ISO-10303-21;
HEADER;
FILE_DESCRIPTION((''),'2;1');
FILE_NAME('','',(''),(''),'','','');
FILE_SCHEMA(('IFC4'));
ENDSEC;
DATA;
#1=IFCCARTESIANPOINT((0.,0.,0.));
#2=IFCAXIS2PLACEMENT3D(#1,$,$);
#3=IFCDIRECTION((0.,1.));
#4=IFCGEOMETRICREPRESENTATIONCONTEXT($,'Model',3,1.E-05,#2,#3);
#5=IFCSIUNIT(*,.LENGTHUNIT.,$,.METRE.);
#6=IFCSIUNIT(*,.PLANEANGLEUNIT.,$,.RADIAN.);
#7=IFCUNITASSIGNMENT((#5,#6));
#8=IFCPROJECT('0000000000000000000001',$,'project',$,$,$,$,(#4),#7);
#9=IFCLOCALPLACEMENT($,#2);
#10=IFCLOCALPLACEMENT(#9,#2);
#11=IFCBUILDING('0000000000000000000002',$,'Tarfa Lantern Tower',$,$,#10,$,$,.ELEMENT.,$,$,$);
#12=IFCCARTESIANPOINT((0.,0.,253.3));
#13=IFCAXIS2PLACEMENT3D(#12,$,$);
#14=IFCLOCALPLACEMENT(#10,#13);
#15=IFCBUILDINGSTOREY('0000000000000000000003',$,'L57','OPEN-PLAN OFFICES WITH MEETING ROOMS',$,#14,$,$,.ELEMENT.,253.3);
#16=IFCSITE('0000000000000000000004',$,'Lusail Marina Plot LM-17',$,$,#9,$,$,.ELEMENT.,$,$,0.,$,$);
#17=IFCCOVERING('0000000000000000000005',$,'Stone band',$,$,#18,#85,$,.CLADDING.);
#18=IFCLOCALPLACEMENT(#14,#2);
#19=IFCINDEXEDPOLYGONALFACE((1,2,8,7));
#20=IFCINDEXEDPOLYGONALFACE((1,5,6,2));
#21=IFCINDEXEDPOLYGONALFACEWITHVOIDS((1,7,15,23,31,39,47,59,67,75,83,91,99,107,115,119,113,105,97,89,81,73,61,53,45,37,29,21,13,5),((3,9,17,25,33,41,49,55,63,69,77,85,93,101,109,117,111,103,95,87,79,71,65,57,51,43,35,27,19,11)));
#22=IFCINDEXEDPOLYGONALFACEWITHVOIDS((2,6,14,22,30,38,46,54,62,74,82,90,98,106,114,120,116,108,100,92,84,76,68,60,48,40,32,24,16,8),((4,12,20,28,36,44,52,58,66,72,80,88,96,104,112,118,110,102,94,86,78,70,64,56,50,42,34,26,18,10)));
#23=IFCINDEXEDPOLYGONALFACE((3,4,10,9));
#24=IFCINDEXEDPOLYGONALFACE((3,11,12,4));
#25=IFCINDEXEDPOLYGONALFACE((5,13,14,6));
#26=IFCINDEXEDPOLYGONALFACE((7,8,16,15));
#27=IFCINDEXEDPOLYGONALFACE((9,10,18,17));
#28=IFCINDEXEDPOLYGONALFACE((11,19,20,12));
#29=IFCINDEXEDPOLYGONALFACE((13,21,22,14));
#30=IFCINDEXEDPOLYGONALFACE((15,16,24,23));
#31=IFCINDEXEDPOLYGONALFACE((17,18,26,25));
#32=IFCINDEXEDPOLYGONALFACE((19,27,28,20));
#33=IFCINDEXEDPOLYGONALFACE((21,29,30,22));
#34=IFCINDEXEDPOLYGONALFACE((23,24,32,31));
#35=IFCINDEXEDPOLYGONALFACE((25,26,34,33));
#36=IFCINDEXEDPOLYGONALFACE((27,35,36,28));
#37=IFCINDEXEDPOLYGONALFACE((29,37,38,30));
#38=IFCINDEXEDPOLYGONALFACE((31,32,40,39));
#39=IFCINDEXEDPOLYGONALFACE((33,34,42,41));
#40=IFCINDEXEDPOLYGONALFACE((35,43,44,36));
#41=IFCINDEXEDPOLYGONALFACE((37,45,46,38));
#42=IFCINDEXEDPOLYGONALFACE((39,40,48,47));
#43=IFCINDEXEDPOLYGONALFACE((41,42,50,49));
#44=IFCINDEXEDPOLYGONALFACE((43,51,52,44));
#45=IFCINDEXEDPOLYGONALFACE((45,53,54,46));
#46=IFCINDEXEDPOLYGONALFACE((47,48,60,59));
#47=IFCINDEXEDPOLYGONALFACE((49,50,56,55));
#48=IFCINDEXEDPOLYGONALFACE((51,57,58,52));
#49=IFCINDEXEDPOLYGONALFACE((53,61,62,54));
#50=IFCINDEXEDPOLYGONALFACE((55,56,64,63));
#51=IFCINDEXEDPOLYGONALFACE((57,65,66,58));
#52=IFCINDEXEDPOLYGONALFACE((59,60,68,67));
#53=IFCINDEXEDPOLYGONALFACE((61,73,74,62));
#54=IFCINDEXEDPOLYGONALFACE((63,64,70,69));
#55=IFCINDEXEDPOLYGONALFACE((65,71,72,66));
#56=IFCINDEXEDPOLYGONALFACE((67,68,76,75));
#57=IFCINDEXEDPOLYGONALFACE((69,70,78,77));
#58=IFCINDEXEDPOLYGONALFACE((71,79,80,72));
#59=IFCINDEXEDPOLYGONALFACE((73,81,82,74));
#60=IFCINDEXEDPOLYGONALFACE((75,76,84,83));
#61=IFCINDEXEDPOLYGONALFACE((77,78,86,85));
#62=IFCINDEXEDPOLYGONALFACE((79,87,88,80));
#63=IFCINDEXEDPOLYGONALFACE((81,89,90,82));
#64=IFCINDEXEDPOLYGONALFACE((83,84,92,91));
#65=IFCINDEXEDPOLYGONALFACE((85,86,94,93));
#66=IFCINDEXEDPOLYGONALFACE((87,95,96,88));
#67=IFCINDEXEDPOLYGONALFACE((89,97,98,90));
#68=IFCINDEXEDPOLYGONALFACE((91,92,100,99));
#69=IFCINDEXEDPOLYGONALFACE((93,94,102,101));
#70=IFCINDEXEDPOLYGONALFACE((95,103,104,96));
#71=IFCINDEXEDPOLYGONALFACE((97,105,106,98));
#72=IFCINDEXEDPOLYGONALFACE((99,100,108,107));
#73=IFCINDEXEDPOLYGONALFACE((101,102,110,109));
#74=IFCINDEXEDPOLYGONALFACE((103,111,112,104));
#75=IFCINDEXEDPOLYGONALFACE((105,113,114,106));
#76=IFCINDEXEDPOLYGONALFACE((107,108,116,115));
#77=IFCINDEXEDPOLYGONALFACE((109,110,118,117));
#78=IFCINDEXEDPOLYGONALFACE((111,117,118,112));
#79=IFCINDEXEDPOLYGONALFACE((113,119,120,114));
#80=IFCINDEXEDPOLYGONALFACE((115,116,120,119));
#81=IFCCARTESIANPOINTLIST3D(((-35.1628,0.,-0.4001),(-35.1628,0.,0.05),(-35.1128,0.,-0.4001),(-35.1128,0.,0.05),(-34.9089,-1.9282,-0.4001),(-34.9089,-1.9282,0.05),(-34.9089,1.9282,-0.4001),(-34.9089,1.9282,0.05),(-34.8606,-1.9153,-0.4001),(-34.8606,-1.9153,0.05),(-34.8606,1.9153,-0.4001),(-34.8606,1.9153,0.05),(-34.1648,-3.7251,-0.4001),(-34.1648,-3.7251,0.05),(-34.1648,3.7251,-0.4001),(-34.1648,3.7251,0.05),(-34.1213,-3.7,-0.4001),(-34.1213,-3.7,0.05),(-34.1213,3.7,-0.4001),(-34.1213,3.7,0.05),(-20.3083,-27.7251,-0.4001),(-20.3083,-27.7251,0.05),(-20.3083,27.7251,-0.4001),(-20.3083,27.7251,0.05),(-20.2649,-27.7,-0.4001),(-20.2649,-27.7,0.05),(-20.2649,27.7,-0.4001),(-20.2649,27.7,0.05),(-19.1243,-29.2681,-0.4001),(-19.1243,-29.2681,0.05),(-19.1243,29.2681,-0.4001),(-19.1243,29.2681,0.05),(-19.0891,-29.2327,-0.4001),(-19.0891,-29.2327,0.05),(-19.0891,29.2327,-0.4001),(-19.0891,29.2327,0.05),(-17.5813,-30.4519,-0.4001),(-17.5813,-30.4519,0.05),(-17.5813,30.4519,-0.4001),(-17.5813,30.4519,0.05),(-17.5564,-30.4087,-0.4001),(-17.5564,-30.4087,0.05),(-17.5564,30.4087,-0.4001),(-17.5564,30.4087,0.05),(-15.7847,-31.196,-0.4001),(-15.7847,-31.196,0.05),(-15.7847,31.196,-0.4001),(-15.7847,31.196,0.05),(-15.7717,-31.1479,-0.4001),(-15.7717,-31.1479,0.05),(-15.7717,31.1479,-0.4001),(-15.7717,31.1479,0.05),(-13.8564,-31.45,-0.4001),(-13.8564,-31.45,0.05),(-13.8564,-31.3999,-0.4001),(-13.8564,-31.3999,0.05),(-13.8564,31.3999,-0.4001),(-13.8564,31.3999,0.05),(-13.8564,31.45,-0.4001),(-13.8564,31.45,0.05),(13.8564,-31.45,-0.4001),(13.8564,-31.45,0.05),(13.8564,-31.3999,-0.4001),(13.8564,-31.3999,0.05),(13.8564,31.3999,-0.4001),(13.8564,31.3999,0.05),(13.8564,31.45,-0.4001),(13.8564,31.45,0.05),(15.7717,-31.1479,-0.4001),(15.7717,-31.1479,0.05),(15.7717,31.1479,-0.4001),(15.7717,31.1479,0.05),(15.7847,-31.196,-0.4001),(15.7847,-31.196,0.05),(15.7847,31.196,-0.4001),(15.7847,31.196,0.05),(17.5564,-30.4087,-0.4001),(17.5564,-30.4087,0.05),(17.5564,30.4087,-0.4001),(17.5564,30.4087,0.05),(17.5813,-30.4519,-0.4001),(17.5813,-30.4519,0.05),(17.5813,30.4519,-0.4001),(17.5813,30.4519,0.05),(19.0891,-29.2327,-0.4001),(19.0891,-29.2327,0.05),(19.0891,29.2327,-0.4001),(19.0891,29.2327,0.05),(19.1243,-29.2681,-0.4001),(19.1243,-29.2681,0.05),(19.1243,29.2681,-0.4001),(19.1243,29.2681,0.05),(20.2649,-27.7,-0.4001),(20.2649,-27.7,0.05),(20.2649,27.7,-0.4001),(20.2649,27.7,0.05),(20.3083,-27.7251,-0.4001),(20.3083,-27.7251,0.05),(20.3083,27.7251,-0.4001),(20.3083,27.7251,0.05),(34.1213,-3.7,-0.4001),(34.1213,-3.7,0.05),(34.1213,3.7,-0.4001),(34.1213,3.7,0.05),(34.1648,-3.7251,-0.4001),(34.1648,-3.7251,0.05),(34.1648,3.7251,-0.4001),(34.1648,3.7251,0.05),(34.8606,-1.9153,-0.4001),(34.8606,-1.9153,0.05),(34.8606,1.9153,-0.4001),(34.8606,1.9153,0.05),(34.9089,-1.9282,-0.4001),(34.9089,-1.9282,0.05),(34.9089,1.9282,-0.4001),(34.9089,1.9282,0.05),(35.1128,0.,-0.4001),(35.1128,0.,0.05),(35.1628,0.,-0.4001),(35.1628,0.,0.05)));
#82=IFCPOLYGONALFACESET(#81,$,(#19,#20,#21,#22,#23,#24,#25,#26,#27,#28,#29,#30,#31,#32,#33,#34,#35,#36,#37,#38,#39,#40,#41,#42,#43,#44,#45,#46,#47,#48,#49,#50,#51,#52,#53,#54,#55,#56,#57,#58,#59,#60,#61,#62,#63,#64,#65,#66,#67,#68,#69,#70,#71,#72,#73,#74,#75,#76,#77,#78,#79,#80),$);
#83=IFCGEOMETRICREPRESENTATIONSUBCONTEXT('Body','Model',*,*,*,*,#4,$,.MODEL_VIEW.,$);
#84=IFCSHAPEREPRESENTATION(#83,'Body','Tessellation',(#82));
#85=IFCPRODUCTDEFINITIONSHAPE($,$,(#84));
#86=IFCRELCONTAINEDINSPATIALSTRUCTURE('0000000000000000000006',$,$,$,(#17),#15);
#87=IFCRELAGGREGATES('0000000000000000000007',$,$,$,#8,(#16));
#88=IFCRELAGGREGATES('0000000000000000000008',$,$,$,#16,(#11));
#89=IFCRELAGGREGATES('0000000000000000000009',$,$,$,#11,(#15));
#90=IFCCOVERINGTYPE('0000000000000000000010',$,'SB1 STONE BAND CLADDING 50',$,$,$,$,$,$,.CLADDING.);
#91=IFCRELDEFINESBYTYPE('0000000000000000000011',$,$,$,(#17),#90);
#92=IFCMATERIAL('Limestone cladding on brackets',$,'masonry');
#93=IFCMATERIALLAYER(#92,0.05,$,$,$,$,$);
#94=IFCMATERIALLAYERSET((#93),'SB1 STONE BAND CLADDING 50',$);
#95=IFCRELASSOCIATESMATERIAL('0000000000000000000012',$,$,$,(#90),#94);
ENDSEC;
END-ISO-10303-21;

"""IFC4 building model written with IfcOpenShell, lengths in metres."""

from ifc_helpers import new_model, si_unit, direction, frame, origin, place, context, subcontext, project, spatial, polyline, outline, extrude, material, layer, layer_set, type_object, element, save


model = new_model("IFC4")

# Units and contexts
model_context = context("Model", 3, precision=1e-05, world=origin(), true_north=direction((0.0, 1.0)))
body_context = subcontext(model_context, "Body", "Model", "MODEL_VIEW")
ifc_project = project(units=[si_unit("LENGTHUNIT", "METRE"), si_unit("PLANEANGLEUNIT", "RADIAN")], contexts=[model_context])

# Site, building, storey
site_placement = place(None, origin())
site = spatial("IfcSite", under=ifc_project, at=site_placement, Name="Lusail Marina Plot LM-17", CompositionType="ELEMENT", RefElevation=0.0)
building_placement = place(site_placement, origin())
building = spatial("IfcBuilding", under=site, at=building_placement, Name="Tarfa Lantern Tower", CompositionType="ELEMENT")
storey_placement = place(building_placement, frame((0.0, 0.0, 253.3)))
storey = spatial("IfcBuildingStorey", under=building, at=storey_placement, Name="L57", Description="OPEN-PLAN OFFICES WITH MEETING ROOMS", CompositionType="ELEMENT", Elevation=253.3)

# Covering
ifc_material_1 = material(Name="Limestone cladding on brackets", Category="masonry")
ifc_layer_1 = layer(ifc_material_1, 0.05)
ifc_layer_set_1 = layer_set([ifc_layer_1], Name="SB1 STONE BAND CLADDING 50")
covering_type_1 = type_object("IfcCoveringType", Name="SB1 STONE BAND CLADDING 50", PredefinedType="CLADDING", material=ifc_layer_set_1)
covering_1_placement = place(storey_placement, frame((0.0, 0.0, -0.4001)))
element("IfcCovering", 1, at=covering_1_placement, inside=storey, type_object=covering_type_1, Name="Stone band", PredefinedType="CLADDING", context=body_context, shape_type="SweptSolid", body=[
    extrude(outline(polyline([(34.1648, 3.7251), (20.3083, 27.7251), (19.1243, 29.2681), (17.5813, 30.4519), (15.7847, 31.196), (13.8564, 31.45), (-13.8564, 31.45), (-15.7847, 31.196), (-17.5813, 30.4519), (-19.1243, 29.2681), (-20.3083, 27.7251), (-34.1648, 3.7251), (-34.9089, 1.9282), (-35.1628, 0.0), (-34.9089, -1.9282), (-34.1648, -3.7251), (-20.3083, -27.7251), (-19.1243, -29.2681), (-17.5813, -30.4519), (-15.7847, -31.196), (-13.8564, -31.45), (13.8564, -31.45), (15.7847, -31.196), (17.5813, -30.4519), (19.1243, -29.2681), (20.3083, -27.7251), (34.1648, -3.7251), (34.9089, -1.9282), (35.1628, 0.0), (34.9089, 1.9282), (34.1648, 3.7251)]), holes=[polyline([(34.1213, 3.7), (20.2649, 27.7), (19.0891, 29.2327), (17.5564, 30.4087), (15.7717, 31.1479), (13.8564, 31.3999), (-13.8564, 31.3999), (-15.7717, 31.1479), (-17.5564, 30.4087), (-19.0891, 29.2327), (-20.2649, 27.7), (-34.1213, 3.7), (-34.8606, 1.9153), (-35.1128, 0.0), (-34.8606, -1.9153), (-34.1213, -3.7), (-20.2649, -27.7), (-19.0891, -29.2327), (-17.5564, -30.4087), (-15.7717, -31.1479), (-13.8564, -31.3999), (13.8564, -31.3999), (15.7717, -31.1479), (17.5564, -30.4087), (19.0891, -29.2327), (20.2649, -27.7), (34.1213, -3.7), (34.8606, -1.9153), (35.1128, 0.0), (34.8606, 1.9153), (34.1213, 3.7)])]), origin(), (0.0, 0.0, 1.0), 0.4502),
])

save(model, "model.ifc")
